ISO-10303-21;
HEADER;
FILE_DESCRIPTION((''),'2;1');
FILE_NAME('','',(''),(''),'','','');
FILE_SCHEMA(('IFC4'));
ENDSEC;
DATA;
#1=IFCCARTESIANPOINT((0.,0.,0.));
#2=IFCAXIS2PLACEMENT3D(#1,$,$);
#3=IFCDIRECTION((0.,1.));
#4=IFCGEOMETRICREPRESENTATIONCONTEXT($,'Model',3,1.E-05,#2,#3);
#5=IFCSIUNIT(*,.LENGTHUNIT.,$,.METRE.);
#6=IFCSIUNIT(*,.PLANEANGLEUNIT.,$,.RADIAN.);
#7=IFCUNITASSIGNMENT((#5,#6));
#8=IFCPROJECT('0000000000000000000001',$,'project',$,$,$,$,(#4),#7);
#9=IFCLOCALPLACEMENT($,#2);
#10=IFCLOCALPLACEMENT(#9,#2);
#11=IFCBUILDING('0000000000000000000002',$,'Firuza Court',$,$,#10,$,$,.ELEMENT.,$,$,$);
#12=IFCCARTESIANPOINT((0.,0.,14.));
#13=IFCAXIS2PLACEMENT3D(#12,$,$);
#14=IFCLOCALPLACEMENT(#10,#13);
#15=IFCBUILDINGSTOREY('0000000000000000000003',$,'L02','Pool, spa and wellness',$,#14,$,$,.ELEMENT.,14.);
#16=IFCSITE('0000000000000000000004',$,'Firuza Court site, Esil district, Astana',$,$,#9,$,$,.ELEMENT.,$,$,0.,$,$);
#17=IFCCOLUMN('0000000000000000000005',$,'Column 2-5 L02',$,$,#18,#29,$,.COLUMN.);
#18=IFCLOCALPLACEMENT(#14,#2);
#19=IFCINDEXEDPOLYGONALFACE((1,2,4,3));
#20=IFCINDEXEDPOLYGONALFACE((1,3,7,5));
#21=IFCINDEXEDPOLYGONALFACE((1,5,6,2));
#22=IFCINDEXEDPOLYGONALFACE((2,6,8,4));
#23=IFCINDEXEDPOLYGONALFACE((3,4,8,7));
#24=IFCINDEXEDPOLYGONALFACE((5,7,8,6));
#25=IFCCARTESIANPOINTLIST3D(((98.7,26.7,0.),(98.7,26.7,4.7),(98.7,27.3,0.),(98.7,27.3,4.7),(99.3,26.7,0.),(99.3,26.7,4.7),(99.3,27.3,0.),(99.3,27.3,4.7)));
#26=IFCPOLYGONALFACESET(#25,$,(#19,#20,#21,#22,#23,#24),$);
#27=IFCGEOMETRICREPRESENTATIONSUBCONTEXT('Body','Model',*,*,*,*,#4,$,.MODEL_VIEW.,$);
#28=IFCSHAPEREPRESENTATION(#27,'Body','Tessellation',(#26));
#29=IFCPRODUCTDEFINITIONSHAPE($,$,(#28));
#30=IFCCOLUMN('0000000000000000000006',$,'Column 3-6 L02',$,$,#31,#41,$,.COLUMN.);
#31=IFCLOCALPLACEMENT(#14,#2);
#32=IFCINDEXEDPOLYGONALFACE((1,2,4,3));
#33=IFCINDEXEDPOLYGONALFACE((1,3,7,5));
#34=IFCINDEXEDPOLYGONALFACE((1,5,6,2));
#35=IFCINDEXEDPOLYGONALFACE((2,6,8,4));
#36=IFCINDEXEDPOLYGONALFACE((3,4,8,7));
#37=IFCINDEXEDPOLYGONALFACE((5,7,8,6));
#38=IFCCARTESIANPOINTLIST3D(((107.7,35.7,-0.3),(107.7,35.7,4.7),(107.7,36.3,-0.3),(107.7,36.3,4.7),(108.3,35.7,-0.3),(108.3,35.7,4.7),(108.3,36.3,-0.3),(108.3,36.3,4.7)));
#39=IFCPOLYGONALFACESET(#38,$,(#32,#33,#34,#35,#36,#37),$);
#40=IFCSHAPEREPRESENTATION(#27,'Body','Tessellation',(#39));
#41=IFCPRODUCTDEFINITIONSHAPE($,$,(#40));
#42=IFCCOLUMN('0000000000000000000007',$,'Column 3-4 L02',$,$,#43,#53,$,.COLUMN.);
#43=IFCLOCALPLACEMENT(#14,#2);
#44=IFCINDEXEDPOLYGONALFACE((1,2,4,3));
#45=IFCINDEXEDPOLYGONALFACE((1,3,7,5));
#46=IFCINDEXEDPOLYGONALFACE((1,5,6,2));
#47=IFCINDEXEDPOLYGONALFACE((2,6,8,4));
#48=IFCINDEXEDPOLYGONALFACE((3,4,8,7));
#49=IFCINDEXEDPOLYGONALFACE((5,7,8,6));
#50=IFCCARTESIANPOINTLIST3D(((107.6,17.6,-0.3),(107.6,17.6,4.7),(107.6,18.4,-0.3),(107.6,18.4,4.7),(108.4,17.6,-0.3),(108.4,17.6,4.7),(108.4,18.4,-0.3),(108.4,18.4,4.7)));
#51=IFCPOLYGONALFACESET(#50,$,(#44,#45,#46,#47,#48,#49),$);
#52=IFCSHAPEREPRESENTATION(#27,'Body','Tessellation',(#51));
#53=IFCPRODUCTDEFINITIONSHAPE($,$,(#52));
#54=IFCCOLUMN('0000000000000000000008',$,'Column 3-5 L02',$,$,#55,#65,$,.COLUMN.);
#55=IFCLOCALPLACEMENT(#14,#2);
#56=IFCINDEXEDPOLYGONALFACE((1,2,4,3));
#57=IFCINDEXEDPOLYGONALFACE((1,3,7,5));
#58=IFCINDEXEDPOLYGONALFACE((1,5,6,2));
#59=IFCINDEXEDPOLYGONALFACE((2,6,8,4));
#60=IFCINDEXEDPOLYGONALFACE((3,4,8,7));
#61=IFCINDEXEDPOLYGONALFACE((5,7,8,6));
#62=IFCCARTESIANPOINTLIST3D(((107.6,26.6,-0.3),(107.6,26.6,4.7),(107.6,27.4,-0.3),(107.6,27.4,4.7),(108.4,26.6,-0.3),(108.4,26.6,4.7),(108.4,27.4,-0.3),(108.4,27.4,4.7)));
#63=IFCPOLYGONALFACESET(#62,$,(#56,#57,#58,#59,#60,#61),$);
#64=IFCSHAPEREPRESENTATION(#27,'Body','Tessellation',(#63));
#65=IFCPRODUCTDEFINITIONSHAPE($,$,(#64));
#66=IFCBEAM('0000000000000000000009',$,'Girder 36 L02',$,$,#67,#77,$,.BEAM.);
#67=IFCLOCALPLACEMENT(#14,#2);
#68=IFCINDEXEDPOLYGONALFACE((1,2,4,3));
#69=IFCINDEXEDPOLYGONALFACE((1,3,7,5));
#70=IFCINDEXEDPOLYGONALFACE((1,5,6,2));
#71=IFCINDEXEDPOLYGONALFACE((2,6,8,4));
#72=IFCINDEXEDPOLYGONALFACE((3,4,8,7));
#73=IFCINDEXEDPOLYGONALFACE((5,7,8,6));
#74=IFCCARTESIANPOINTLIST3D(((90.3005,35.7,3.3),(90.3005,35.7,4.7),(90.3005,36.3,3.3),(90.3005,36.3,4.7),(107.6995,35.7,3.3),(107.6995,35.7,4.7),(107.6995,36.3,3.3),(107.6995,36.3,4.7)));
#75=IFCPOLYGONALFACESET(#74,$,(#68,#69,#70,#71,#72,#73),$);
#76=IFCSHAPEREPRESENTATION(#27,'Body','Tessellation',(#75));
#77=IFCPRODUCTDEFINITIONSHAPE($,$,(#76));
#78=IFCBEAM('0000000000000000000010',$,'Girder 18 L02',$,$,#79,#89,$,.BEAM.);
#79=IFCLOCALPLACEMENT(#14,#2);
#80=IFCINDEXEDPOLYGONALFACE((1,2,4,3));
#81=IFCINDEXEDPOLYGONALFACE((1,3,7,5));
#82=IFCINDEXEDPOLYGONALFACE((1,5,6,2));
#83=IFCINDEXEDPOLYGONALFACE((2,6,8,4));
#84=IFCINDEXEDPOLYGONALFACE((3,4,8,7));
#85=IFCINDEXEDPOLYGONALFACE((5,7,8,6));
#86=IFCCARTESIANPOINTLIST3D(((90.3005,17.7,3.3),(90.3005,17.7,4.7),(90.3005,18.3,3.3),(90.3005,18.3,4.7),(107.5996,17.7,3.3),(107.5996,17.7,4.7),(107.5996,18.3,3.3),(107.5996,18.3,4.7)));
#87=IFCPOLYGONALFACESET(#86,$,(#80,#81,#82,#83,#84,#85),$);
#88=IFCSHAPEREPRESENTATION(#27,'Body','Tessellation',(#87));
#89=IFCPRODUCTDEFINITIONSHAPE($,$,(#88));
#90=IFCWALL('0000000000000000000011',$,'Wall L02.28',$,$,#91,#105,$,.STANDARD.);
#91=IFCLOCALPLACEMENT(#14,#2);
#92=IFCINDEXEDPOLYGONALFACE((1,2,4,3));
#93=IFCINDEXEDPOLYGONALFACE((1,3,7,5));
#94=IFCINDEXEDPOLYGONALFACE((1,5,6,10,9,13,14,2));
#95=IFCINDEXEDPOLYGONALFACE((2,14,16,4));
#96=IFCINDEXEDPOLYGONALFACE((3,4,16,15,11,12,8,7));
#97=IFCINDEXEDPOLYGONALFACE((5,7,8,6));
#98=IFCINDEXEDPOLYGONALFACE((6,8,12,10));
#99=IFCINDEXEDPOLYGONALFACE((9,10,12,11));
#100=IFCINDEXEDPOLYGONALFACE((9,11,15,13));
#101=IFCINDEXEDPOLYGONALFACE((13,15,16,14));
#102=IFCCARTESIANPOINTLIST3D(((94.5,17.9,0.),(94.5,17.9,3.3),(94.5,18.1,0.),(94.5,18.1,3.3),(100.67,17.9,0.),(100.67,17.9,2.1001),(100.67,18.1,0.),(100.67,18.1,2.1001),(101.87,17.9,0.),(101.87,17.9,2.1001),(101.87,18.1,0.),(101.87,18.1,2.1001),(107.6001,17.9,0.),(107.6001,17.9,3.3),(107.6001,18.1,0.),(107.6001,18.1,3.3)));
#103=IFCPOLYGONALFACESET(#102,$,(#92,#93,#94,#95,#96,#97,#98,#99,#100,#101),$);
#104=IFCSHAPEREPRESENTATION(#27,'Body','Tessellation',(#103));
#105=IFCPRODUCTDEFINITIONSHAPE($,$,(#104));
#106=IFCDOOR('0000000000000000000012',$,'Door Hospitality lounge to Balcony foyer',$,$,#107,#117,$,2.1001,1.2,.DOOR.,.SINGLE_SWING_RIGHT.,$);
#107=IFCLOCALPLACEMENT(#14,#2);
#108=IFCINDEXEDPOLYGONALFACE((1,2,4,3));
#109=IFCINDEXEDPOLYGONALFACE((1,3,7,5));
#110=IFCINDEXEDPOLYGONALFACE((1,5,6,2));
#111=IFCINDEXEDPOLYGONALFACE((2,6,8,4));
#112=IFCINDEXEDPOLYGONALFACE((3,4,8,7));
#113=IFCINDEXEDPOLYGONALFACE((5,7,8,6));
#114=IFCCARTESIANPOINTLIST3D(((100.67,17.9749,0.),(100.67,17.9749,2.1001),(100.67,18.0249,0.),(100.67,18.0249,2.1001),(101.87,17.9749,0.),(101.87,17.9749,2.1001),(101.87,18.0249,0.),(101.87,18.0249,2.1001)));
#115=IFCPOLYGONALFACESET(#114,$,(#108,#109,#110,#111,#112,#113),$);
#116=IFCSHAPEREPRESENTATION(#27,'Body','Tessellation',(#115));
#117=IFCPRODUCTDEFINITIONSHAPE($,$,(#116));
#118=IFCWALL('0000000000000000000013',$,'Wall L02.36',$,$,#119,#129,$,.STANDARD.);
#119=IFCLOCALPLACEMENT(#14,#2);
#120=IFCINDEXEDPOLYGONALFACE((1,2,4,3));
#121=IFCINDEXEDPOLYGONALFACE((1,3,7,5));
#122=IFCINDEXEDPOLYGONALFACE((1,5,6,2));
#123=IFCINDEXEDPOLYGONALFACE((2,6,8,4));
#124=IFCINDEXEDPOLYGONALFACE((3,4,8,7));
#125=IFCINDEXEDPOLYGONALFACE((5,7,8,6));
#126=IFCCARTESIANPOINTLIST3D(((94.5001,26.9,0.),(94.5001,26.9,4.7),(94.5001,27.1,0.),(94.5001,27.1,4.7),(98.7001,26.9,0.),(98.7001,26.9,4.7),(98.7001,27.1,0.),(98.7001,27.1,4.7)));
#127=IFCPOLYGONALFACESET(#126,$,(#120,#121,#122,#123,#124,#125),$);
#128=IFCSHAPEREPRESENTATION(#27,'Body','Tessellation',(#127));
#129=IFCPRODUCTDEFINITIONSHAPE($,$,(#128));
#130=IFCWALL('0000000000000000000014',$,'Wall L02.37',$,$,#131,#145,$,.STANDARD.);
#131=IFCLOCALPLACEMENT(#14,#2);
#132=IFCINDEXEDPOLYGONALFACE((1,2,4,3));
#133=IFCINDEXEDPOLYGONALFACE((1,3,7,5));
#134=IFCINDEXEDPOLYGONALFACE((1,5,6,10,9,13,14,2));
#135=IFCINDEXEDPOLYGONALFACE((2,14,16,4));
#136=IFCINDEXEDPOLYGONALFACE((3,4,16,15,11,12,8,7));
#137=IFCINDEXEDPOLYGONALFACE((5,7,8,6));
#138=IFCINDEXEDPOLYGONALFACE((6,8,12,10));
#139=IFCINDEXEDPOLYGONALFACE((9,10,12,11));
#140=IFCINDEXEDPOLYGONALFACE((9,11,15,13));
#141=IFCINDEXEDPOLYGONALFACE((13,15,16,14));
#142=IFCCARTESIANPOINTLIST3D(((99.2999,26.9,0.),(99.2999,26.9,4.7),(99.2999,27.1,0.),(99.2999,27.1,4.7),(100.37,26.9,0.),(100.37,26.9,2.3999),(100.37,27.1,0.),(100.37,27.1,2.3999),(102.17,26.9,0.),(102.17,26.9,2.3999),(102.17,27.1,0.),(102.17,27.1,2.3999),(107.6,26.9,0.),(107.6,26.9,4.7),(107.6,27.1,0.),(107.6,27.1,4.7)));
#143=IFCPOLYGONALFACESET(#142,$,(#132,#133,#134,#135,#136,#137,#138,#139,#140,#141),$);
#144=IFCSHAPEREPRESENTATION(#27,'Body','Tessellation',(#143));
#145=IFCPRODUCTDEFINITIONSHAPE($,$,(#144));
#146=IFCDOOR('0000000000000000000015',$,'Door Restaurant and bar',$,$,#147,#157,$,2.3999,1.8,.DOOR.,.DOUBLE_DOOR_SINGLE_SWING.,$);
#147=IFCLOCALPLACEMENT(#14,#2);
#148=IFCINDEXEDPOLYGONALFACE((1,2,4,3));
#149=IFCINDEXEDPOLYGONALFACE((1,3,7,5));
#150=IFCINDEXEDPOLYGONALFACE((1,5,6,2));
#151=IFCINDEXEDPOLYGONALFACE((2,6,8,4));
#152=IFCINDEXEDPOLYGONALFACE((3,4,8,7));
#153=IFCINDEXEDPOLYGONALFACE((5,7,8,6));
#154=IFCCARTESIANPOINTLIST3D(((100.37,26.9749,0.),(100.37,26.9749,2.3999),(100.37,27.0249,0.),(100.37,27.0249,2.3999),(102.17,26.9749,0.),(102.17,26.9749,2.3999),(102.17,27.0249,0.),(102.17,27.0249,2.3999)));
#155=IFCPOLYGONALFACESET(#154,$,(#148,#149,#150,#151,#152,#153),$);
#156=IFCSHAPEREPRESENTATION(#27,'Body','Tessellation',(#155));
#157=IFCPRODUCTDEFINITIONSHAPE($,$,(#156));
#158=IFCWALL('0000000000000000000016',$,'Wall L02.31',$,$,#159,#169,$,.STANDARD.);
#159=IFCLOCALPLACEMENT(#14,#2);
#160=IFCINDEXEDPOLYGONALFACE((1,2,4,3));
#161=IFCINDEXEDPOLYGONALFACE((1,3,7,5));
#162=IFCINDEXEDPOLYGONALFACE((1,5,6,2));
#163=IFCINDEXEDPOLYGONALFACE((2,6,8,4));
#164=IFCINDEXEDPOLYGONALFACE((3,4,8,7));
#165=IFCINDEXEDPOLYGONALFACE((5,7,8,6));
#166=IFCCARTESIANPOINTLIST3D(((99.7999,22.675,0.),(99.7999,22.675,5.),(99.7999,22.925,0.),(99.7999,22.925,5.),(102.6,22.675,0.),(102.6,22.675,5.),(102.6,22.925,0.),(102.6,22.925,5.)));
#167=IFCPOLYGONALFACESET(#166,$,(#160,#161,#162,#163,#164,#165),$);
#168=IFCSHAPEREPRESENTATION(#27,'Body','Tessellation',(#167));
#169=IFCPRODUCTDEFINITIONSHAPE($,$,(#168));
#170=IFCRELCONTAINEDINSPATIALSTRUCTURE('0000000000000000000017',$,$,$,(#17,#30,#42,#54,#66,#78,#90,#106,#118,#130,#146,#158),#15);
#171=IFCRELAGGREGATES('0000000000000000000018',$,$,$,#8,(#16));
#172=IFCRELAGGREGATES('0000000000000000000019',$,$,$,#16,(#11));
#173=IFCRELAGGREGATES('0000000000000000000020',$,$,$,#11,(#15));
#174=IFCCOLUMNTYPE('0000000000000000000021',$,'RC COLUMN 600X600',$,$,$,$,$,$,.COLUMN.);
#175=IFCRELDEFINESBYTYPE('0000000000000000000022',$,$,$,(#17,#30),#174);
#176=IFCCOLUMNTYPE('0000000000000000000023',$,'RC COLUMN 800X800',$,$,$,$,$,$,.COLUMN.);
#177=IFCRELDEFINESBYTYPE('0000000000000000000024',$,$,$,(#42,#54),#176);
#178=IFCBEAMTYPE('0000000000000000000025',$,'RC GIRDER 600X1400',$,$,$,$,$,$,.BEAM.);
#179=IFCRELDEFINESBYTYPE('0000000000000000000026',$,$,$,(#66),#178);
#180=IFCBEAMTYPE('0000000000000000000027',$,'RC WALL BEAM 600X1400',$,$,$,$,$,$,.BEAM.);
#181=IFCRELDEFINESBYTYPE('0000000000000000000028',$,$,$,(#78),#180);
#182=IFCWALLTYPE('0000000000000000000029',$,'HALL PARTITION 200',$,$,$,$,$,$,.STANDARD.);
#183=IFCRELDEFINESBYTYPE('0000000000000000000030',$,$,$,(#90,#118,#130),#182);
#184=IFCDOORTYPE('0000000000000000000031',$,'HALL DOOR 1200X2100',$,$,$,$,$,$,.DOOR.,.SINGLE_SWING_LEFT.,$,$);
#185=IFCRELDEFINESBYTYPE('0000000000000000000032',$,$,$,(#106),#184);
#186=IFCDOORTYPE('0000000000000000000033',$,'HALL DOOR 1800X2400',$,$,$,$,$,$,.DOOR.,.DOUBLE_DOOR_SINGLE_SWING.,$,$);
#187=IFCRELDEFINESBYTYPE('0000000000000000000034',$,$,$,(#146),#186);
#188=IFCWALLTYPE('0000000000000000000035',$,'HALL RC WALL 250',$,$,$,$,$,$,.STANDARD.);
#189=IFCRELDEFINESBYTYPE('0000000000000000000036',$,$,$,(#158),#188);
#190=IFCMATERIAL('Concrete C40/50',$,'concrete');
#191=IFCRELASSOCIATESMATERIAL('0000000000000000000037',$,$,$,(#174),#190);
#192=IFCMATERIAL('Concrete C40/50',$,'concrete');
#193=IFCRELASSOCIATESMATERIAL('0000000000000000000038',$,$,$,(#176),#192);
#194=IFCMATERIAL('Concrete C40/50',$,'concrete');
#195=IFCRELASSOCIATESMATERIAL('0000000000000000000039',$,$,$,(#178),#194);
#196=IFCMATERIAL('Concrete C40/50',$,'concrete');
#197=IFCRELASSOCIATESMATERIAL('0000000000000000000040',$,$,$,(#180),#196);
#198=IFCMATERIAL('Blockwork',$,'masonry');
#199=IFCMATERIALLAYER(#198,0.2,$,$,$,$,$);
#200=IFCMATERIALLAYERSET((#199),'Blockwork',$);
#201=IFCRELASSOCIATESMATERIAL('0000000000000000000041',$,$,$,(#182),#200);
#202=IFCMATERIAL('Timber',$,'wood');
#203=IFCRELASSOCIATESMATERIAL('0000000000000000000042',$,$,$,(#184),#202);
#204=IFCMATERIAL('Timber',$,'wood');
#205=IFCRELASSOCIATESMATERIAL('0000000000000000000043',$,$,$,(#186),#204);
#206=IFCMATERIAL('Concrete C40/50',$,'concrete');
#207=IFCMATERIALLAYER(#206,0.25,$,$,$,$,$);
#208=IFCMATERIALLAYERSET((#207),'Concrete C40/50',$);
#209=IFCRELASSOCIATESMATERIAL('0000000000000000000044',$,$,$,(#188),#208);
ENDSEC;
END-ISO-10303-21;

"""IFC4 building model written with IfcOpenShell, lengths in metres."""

from ifc_helpers import new_model, si_unit, direction, frame, frame_2d, origin, origin_2d, place, context, subcontext, project, spatial, rectangle, extrude, material, layer, layer_set, material_profile, profile_set, type_object, element, fill, save


model = new_model("IFC4")

# Units and contexts
model_context = context("Model", 3, precision=1e-05, world=origin(), true_north=direction((0.0, 1.0)))
body_context = subcontext(model_context, "Body", "Model", "MODEL_VIEW")
ifc_project = project(units=[si_unit("LENGTHUNIT", "METRE"), si_unit("PLANEANGLEUNIT", "RADIAN")], contexts=[model_context])

# Site, building, storey
site_placement = place(None, origin())
site = spatial("IfcSite", under=ifc_project, at=site_placement, Name="Firuza Court site, Esil district, Astana", CompositionType="ELEMENT", RefElevation=0.0)
building_placement = place(site_placement, origin())
building = spatial("IfcBuilding", under=site, at=building_placement, Name="Firuza Court", CompositionType="ELEMENT")
storey_placement = place(building_placement, frame((0.0, 0.0, 14.0)))
storey = spatial("IfcBuildingStorey", under=building, at=storey_placement, Name="L02", Description="Pool, spa and wellness", CompositionType="ELEMENT", Elevation=14.0)

# Columns
ifc_material_1 = material(Name="Concrete C40/50", Category="concrete")
ifc_material_profile_1 = material_profile(ifc_material_1, rectangle(XDim=0.6001, YDim=0.6001, at=origin_2d()), Name="RC 600X600")
ifc_profile_set_1 = profile_set([ifc_material_profile_1], Name="Concrete C40/50")
column_type_1 = type_object("IfcColumnType", Name="RC COLUMN 600X600", PredefinedType="COLUMN", material=ifc_profile_set_1)
column_1_placement = place(storey_placement, frame((99.0, 27.0, 0.0), z_axis=(0.0, 0.0, 1.0), x_axis=(1.0, 0.0, 0.0)))
element("IfcColumn", 1, at=column_1_placement, inside=storey, type_object=column_type_1, Name="Column 2-5 L02", PredefinedType="COLUMN", context=body_context, shape_type="SweptSolid", body=[
    extrude(rectangle(XDim=0.6001, YDim=0.6001, at=origin_2d()), origin(), (0.0, 0.0, 1.0), 4.7),
])
column_2_placement = place(storey_placement, frame((108.0, 36.0, -0.3), z_axis=(0.0, 0.0, 1.0), x_axis=(1.0, 0.0, 0.0)))
element("IfcColumn", 2, at=column_2_placement, inside=storey, type_object=column_type_1, Name="Column 3-6 L02", PredefinedType="COLUMN", context=body_context, shape_type="SweptSolid", body=[
    extrude(rectangle(XDim=0.6001, YDim=0.6001, at=origin_2d()), origin(), (0.0, 0.0, 1.0), 5.0),
])
ifc_material_2 = material(Name="Concrete C40/50", Category="concrete")
ifc_material_profile_2 = material_profile(ifc_material_2, rectangle(XDim=0.8, YDim=0.8, at=origin_2d()), Name="RC 800X800")
ifc_profile_set_2 = profile_set([ifc_material_profile_2], Name="Concrete C40/50")
column_type_2 = type_object("IfcColumnType", Name="RC COLUMN 800X800", PredefinedType="COLUMN", material=ifc_profile_set_2)
for number, where, z_axis, x_axis, name in (
    (3, (108.0, 18.0, -0.3), (0.0, 0.0, 1.0), (1.0, 0.0, 0.0), "Column 3-4 L02"),
    (4, (108.0, 27.0, -0.3), (0.0, 0.0, 1.0), (1.0, 0.0, 0.0), "Column 3-5 L02"),
):
    element("IfcColumn", number, at=place(storey_placement, frame(where, z_axis=z_axis, x_axis=x_axis)), inside=storey, type_object=column_type_2, Name=name, PredefinedType="COLUMN", context=body_context, shape_type="SweptSolid", body=[
        extrude(rectangle(XDim=0.8, YDim=0.8, at=origin_2d()), origin(), (0.0, 0.0, 1.0), 5.0),
    ])

# Beams
ifc_material_3 = material(Name="Concrete C40/50", Category="concrete")
ifc_material_profile_3 = material_profile(ifc_material_3, rectangle(XDim=0.6001, YDim=1.3999, at=origin_2d()), Name="RC 600X1400")
ifc_profile_set_3 = profile_set([ifc_material_profile_3], Name="Concrete C40/50")
beam_type_1 = type_object("IfcBeamType", Name="RC GIRDER 600X1400", PredefinedType="BEAM", material=ifc_profile_set_3)
beam_1_placement = place(storey_placement, frame((90.3005, 36.0, 4.0), z_axis=(1.0, 0.0, 0.0), x_axis=(0.0, 1.0, 0.0)))
element("IfcBeam", 5, at=beam_1_placement, inside=storey, type_object=beam_type_1, Name="Girder 36 L02", PredefinedType="BEAM", context=body_context, shape_type="SweptSolid", body=[
    extrude(rectangle(XDim=0.6001, YDim=1.3999, at=origin_2d()), origin(), (0.0, 0.0, 1.0), 17.3989),
])
ifc_material_4 = material(Name="Concrete C40/50", Category="concrete")
ifc_material_profile_4 = material_profile(ifc_material_4, rectangle(XDim=0.6001, YDim=1.3999, at=origin_2d()), Name="RC 600X1400")
ifc_profile_set_4 = profile_set([ifc_material_profile_4], Name="Concrete C40/50")
beam_type_2 = type_object("IfcBeamType", Name="RC WALL BEAM 600X1400", PredefinedType="BEAM", material=ifc_profile_set_4)
beam_2_placement = place(storey_placement, frame((90.3005, 18.0, 4.0), z_axis=(1.0, 0.0, 0.0), x_axis=(0.0, 1.0, 0.0)))
element("IfcBeam", 6, at=beam_2_placement, inside=storey, type_object=beam_type_2, Name="Girder 18 L02", PredefinedType="BEAM", context=body_context, shape_type="SweptSolid", body=[
    extrude(rectangle(XDim=0.6001, YDim=1.3999, at=origin_2d()), origin(), (0.0, 0.0, 1.0), 17.2991),
])

# Wall, opening, door
ifc_material_5 = material(Name="Blockwork", Category="masonry")
ifc_layer_1 = layer(ifc_material_5, 0.2)
ifc_layer_set_1 = layer_set([ifc_layer_1], Name="Blockwork")
wall_type_1 = type_object("IfcWallType", Name="HALL PARTITION 200", PredefinedType="STANDARD", material=ifc_layer_set_1)
wall_1_placement = place(storey_placement, frame((94.5, 18.0, 0.0), z_axis=(0.0, 0.0, 1.0), x_axis=(1.0, 0.0, 0.0)))
wall_1 = element("IfcWall", 7, at=wall_1_placement, inside=storey, type_object=wall_type_1, Name="Wall L02.28", PredefinedType="STANDARD", context=body_context, shape_type="SweptSolid", body=[
    extrude(rectangle(XDim=13.1001, YDim=0.2, at=frame_2d((6.55, 0.0))), origin(), (0.0, 0.0, 1.0), 3.3),
])
opening_1_placement = place(wall_1_placement, frame((6.1699, 0.0, 0.0)))
opening_1 = element("IfcOpeningElement", 8, at=opening_1_placement, cuts=wall_1, PredefinedType="OPENING", context=body_context, shape_type="SweptSolid", body=[
    extrude(rectangle(XDim=1.2, YDim=2.1001, at=frame_2d((0.6001, 1.05))), frame((0.0, 0.1118, 0.0), z_axis=(0.0, -1.0, 0.0), x_axis=(1.0, 0.0, 0.0)), (0.0, 0.0, 1.0), 0.2239),
])
ifc_material_6 = material(Name="Timber", Category="wood")
door_type_1 = type_object("IfcDoorType", Name="HALL DOOR 1200X2100", OperationType="SINGLE_SWING_LEFT", PredefinedType="DOOR", material=ifc_material_6)
door_1_placement = place(opening_1_placement, origin())
door_1 = element("IfcDoor", 9, at=door_1_placement, inside=storey, type_object=door_type_1, Name="Door Hospitality lounge to Balcony foyer", OperationType="SINGLE_SWING_RIGHT", OverallHeight=2.1001, OverallWidth=1.2, PredefinedType="DOOR", context=body_context, shape_type="SweptSolid", body=[
    extrude(rectangle(XDim=1.2, YDim=2.1001, at=frame_2d((0.6001, 1.05))), frame((0.0, 0.0249, 0.0), z_axis=(0.0, -1.0, 0.0), x_axis=(1.0, 0.0, 0.0)), (0.0, 0.0, 1.0), 0.05),
])
fill(opening_1, door_1)

# Wall
wall_2_placement = place(storey_placement, frame((94.5, 27.0, 0.0), z_axis=(0.0, 0.0, 1.0), x_axis=(1.0, 0.0, 0.0)))
element("IfcWall", 10, at=wall_2_placement, inside=storey, type_object=wall_type_1, Name="Wall L02.36", PredefinedType="STANDARD", context=body_context, shape_type="SweptSolid", body=[
    extrude(rectangle(XDim=4.2, YDim=0.2, at=frame_2d((2.1001, 0.0))), origin(), (0.0, 0.0, 1.0), 4.7),
])

# Wall, opening, door
wall_3_placement = place(storey_placement, frame((99.3, 27.0, 0.0), z_axis=(0.0, 0.0, 1.0), x_axis=(1.0, 0.0, 0.0)))
wall_3 = element("IfcWall", 11, at=wall_3_placement, inside=storey, type_object=wall_type_1, Name="Wall L02.37", PredefinedType="STANDARD", context=body_context, shape_type="SweptSolid", body=[
    extrude(rectangle(XDim=8.3, YDim=0.2, at=frame_2d((4.1499, 0.0))), origin(), (0.0, 0.0, 1.0), 4.7),
])
opening_2_placement = place(wall_3_placement, frame((1.0701, 0.0, 0.0)))
opening_2 = element("IfcOpeningElement", 12, at=opening_2_placement, cuts=wall_3, PredefinedType="OPENING", context=body_context, shape_type="SweptSolid", body=[
    extrude(rectangle(XDim=1.8, YDim=2.3999, at=frame_2d((0.8999, 1.2))), frame((0.0, 0.1118, 0.0), z_axis=(0.0, -1.0, 0.0), x_axis=(1.0, 0.0, 0.0)), (0.0, 0.0, 1.0), 0.2239),
])
ifc_material_7 = material(Name="Timber", Category="wood")
door_type_2 = type_object("IfcDoorType", Name="HALL DOOR 1800X2400", OperationType="DOUBLE_DOOR_SINGLE_SWING", PredefinedType="DOOR", material=ifc_material_7)
door_2_placement = place(opening_2_placement, origin())
door_2 = element("IfcDoor", 13, at=door_2_placement, inside=storey, type_object=door_type_2, Name="Door Restaurant and bar", OperationType="DOUBLE_DOOR_SINGLE_SWING", OverallHeight=2.3999, OverallWidth=1.8, PredefinedType="DOOR", context=body_context, shape_type="SweptSolid", body=[
    extrude(rectangle(XDim=1.8, YDim=2.3999, at=frame_2d((0.8999, 1.2))), frame((0.0, 0.0249, 0.0), z_axis=(0.0, -1.0, 0.0), x_axis=(1.0, 0.0, 0.0)), (0.0, 0.0, 1.0), 0.05),
])
fill(opening_2, door_2)

# Wall
ifc_material_8 = material(Name="Concrete C40/50", Category="concrete")
ifc_layer_2 = layer(ifc_material_8, 0.25)
ifc_layer_set_2 = layer_set([ifc_layer_2], Name="Concrete C40/50")
wall_type_2 = type_object("IfcWallType", Name="HALL RC WALL 250", PredefinedType="STANDARD", material=ifc_layer_set_2)
for number, where, z_axis, x_axis, name in (
    (14, (99.8, 22.8, 0.0), (0.0, 0.0, 1.0), (1.0, 0.0, 0.0), "Wall L02.31"),
):
    element("IfcWall", number, at=place(storey_placement, frame(where, z_axis=z_axis, x_axis=x_axis)), inside=storey, type_object=wall_type_2, Name=name, PredefinedType="STANDARD", context=body_context, shape_type="SweptSolid", body=[
        extrude(rectangle(XDim=2.8, YDim=0.25, at=frame_2d((1.3999, 0.0))), origin(), (0.0, 0.0, 1.0), 5.0),
    ])

save(model, "model.ifc")
